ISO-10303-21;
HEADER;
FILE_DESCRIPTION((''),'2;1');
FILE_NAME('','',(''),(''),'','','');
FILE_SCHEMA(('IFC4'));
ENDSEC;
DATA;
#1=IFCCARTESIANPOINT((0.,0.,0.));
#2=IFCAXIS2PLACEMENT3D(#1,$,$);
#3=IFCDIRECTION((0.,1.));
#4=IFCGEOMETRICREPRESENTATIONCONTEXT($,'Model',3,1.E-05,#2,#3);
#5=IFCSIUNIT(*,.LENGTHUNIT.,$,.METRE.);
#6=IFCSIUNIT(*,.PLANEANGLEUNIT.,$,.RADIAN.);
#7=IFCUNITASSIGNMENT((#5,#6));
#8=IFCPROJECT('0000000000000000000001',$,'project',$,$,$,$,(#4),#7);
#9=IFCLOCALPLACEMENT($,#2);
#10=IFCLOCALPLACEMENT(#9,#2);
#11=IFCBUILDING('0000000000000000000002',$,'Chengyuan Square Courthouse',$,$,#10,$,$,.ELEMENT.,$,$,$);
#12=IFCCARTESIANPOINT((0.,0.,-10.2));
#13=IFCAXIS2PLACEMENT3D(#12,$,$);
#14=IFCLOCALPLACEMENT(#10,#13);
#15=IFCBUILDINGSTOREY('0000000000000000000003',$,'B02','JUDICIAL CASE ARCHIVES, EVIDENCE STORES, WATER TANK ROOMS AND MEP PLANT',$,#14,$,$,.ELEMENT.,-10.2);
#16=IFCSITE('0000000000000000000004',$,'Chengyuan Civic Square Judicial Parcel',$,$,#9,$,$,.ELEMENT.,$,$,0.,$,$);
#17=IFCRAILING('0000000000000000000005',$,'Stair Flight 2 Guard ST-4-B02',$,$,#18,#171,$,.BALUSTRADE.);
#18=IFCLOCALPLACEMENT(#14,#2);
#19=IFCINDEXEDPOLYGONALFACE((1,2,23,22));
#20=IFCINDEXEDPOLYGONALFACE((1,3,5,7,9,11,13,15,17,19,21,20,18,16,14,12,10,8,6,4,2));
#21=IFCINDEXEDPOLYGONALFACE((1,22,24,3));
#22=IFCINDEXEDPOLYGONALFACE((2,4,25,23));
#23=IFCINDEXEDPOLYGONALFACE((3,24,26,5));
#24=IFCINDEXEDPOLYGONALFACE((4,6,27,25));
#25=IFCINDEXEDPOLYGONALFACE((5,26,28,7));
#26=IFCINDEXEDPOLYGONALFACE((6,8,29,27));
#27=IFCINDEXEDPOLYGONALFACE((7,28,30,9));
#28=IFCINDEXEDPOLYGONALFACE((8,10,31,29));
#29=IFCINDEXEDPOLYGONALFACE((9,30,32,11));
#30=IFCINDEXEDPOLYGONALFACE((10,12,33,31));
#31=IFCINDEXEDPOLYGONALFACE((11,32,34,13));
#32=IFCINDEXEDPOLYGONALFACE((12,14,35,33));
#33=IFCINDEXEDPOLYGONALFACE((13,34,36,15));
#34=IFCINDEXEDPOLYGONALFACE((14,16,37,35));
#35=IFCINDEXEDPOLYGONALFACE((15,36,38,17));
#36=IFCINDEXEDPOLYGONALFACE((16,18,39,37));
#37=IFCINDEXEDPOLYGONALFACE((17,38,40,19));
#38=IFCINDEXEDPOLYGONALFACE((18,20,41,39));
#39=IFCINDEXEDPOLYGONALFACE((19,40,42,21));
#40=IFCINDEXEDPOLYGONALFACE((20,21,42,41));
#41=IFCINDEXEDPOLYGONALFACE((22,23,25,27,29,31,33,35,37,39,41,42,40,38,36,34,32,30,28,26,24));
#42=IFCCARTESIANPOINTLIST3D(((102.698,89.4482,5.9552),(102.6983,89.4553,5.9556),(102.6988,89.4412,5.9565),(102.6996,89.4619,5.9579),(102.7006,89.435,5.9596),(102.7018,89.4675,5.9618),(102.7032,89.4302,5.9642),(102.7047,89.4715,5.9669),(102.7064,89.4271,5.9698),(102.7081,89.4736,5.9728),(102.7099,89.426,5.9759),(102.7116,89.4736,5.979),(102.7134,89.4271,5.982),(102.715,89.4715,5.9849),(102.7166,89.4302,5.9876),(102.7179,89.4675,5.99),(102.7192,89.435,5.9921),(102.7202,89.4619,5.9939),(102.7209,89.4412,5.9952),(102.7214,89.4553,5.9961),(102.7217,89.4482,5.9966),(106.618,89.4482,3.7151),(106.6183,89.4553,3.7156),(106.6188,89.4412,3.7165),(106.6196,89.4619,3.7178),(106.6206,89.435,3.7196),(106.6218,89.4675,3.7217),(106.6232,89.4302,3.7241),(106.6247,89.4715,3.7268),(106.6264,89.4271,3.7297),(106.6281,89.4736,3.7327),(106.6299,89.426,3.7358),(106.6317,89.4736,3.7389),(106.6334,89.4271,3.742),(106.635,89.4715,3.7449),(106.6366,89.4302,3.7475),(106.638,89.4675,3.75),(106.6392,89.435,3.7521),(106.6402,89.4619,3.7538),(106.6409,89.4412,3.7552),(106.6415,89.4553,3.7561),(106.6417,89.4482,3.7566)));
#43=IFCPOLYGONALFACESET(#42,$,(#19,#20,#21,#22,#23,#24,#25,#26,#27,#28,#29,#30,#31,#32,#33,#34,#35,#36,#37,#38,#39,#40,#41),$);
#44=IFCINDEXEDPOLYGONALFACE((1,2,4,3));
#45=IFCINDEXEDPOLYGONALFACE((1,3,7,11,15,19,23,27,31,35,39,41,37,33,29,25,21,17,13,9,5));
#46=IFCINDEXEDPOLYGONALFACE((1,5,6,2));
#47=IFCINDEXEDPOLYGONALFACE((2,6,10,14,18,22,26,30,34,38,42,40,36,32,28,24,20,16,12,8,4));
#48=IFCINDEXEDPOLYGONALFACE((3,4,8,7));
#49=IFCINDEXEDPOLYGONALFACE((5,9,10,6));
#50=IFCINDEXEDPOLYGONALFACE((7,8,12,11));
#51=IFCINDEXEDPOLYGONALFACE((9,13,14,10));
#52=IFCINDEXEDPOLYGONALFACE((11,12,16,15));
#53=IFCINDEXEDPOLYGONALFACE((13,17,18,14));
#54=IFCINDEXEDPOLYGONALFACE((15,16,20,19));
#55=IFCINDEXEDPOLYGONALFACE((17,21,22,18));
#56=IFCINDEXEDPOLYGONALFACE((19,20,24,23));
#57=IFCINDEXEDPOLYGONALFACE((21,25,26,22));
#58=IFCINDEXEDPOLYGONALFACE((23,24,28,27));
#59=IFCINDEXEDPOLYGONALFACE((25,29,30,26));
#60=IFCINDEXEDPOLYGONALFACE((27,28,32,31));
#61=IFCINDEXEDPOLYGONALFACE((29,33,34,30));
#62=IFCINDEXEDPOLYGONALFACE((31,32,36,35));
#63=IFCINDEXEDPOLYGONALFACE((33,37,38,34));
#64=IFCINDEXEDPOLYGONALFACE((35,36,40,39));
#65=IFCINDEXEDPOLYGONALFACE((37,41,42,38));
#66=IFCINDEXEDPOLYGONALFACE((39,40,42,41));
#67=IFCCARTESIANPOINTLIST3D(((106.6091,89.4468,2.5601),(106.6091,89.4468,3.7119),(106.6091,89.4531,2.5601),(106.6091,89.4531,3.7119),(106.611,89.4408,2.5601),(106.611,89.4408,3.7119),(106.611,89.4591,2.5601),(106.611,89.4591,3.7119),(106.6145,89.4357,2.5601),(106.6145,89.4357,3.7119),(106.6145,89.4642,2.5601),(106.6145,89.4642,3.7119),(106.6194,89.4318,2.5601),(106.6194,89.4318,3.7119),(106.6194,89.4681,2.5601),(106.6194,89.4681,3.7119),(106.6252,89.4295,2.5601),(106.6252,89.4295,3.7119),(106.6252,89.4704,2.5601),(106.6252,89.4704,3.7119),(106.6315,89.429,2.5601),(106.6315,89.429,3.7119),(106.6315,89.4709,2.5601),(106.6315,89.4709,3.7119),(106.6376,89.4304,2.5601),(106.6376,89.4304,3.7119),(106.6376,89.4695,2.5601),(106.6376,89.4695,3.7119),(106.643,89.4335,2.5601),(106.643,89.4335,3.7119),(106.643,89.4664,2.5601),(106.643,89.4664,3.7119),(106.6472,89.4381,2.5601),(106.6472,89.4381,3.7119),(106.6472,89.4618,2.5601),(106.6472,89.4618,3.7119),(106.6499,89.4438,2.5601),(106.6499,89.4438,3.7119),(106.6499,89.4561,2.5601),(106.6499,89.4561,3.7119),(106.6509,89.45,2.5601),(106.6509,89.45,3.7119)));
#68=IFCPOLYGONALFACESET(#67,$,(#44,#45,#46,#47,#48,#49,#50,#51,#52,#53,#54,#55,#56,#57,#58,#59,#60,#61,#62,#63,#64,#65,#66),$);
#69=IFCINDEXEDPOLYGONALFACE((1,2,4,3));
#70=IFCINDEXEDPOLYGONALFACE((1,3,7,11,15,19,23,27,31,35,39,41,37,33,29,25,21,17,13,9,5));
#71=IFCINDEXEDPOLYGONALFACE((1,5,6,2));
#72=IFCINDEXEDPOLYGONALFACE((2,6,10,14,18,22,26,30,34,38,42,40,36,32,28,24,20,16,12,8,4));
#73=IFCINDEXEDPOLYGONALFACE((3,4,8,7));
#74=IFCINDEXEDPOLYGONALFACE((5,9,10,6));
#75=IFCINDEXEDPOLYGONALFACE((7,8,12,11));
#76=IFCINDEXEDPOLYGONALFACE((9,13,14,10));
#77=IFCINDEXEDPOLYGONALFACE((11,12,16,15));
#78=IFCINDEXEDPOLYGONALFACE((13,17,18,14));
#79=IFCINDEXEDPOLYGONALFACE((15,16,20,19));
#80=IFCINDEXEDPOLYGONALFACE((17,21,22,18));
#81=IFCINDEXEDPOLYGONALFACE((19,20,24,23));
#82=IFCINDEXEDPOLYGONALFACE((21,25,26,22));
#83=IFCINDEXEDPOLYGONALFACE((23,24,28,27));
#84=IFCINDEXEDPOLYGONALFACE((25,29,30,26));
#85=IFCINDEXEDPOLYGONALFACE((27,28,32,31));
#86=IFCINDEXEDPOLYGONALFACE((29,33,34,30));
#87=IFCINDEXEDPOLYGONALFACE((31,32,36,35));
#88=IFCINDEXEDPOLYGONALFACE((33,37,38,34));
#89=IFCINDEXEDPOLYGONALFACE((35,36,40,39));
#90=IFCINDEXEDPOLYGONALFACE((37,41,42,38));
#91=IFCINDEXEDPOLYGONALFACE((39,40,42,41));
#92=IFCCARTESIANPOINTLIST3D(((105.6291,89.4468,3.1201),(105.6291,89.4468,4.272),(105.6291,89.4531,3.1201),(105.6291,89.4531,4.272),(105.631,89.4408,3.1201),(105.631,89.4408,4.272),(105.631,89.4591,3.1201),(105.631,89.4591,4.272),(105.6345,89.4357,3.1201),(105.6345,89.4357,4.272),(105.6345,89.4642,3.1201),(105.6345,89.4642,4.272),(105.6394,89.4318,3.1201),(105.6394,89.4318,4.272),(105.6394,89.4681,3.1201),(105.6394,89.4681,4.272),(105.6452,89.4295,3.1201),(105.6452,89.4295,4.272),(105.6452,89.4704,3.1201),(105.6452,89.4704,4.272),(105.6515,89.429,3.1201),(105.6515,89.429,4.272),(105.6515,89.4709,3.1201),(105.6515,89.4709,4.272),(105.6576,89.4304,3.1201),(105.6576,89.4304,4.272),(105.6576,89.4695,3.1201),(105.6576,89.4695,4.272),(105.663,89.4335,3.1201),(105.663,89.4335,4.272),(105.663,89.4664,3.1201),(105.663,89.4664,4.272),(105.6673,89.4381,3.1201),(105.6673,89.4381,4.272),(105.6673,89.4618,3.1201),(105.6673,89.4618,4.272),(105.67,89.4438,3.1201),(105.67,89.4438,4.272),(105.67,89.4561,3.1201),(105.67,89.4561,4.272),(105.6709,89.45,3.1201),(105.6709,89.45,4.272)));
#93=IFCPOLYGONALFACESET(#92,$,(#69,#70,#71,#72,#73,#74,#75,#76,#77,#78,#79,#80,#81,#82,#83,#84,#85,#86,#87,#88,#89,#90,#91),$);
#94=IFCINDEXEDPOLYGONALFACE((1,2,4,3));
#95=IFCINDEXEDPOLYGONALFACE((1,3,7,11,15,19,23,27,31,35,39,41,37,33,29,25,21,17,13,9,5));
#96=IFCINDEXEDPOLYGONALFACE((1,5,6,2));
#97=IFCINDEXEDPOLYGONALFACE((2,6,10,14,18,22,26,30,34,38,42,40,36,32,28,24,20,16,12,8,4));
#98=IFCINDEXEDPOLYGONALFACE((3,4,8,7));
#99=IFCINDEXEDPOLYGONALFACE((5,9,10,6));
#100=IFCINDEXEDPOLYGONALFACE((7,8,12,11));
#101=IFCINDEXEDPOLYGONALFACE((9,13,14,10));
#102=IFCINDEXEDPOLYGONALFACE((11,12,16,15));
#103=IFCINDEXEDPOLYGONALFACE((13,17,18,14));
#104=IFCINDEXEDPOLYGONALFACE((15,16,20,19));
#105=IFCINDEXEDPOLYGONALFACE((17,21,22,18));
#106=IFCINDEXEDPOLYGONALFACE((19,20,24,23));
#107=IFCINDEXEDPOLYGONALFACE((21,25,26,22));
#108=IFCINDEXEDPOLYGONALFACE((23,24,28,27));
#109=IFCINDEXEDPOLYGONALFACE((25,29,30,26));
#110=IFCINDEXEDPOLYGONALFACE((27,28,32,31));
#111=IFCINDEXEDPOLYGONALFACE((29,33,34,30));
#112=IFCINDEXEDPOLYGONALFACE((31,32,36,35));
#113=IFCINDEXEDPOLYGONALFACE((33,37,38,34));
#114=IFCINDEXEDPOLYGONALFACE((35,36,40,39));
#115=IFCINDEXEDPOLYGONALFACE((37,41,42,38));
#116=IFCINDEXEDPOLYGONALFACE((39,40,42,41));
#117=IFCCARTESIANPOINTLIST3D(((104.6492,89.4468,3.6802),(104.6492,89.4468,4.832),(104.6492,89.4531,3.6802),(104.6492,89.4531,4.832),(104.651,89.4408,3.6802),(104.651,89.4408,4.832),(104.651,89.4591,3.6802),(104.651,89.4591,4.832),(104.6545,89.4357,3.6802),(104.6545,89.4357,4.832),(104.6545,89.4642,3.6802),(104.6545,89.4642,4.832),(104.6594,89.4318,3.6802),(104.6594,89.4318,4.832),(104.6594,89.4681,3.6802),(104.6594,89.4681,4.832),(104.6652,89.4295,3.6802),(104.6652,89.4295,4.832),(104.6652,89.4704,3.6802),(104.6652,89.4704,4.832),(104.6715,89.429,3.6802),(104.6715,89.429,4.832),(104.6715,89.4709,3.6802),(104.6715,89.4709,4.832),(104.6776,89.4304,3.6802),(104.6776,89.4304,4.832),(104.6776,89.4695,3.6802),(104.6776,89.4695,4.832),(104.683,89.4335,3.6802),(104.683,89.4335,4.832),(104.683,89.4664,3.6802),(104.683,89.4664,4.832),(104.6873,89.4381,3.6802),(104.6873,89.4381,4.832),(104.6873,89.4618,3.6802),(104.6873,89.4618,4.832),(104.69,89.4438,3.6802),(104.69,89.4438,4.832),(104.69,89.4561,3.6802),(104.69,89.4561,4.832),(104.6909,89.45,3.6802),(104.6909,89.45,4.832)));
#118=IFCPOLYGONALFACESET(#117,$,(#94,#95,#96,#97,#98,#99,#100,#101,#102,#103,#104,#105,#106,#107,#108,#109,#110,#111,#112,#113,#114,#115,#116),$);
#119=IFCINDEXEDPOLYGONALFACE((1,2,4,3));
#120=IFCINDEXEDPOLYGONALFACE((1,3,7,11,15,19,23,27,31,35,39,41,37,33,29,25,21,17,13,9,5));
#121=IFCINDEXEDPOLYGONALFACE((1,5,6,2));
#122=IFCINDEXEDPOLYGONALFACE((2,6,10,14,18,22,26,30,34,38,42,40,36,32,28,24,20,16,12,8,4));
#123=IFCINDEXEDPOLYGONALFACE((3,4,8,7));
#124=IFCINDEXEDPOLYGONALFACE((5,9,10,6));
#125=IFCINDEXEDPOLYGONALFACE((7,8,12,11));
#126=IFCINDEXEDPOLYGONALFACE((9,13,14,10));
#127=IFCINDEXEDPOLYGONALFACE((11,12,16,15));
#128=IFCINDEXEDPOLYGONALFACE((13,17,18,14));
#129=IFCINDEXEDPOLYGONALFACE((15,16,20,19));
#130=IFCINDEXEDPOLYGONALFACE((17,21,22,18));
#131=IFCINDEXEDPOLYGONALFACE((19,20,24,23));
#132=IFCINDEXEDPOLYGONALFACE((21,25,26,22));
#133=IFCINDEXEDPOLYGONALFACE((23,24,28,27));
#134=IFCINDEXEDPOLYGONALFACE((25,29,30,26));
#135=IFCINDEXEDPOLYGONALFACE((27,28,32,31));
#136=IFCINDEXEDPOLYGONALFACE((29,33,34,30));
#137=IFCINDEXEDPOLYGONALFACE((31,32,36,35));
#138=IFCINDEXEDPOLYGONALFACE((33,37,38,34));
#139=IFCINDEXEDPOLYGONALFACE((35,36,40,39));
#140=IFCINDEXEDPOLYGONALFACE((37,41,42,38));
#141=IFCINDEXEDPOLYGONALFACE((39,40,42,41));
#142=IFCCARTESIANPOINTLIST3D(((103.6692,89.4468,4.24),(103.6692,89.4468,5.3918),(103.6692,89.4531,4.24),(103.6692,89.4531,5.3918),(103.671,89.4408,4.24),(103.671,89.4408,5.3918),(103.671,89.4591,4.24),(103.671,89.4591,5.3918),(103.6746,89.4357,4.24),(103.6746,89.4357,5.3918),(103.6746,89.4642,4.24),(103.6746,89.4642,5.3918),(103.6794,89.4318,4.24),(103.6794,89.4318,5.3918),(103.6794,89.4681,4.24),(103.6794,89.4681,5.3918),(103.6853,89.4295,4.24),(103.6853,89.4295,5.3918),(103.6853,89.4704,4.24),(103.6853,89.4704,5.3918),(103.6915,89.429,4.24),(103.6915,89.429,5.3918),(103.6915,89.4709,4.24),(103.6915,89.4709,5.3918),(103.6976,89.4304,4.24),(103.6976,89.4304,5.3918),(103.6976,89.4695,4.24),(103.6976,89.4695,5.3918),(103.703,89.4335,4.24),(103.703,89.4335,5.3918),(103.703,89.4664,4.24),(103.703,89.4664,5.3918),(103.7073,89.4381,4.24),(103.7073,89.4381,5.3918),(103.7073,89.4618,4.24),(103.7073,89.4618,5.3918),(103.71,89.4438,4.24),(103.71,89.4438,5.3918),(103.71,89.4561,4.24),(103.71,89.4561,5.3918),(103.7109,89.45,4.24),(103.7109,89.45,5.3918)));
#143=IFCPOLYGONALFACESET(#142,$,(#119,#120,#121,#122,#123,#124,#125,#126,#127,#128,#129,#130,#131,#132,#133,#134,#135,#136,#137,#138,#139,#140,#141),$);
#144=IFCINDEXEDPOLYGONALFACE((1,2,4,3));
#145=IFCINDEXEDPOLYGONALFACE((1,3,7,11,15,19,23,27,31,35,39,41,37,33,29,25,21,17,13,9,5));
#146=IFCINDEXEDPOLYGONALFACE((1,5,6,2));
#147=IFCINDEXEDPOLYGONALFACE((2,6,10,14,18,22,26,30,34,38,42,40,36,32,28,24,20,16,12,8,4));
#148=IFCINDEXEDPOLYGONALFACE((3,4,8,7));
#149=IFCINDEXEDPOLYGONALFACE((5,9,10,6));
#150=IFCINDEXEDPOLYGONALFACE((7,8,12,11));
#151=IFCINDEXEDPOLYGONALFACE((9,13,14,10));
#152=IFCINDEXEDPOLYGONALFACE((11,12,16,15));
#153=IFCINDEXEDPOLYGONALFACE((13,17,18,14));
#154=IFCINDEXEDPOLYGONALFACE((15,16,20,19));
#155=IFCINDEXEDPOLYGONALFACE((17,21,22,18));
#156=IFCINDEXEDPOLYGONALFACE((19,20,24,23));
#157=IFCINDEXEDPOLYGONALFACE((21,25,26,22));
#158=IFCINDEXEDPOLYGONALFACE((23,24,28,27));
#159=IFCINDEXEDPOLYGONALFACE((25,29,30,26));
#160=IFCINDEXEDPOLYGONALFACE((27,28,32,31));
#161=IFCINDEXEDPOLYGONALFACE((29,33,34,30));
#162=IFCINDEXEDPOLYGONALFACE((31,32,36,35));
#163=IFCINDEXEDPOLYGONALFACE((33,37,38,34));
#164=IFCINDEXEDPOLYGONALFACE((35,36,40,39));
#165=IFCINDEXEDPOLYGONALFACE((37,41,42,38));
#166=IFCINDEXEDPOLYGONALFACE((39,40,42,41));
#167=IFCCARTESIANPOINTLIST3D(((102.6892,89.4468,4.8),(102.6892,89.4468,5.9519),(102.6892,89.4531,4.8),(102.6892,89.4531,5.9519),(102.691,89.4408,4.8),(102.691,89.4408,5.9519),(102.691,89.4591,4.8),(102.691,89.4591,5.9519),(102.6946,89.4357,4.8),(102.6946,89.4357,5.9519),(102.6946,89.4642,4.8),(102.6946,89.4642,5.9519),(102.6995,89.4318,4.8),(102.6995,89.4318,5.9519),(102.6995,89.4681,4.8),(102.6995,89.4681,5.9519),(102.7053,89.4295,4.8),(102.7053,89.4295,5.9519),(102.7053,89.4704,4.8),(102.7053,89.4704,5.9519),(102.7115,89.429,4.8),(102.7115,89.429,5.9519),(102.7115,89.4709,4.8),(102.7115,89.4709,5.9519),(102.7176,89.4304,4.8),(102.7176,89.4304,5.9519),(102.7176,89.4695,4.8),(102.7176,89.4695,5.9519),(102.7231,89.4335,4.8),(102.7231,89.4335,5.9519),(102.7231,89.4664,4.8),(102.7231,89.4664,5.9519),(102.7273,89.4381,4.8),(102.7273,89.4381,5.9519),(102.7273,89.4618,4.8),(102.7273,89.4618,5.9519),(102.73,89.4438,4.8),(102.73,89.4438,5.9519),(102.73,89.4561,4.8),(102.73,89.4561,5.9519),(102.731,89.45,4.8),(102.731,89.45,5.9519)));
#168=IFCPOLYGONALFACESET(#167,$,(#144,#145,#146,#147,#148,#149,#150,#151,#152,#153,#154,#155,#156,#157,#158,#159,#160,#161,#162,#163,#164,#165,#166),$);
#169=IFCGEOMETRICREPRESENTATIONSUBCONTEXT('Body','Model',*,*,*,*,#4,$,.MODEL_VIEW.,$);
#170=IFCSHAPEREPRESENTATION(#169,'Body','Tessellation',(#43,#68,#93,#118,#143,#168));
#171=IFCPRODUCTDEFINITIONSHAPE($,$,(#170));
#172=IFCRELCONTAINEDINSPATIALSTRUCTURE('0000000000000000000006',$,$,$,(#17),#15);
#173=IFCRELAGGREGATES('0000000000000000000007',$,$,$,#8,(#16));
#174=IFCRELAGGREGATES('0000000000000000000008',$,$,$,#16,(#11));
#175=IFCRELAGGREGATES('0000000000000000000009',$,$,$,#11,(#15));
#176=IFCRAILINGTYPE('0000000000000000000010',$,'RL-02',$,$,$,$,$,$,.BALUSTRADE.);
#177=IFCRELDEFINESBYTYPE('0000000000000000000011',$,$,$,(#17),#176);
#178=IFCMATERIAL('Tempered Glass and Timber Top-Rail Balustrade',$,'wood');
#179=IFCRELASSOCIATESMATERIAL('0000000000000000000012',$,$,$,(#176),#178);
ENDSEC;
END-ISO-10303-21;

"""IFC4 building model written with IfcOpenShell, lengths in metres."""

from ifc_helpers import new_model, si_unit, direction, frame, origin, origin_2d, place, context, subcontext, project, spatial, circle, extrude, material, type_object, element, save


model = new_model("IFC4")

# Units and contexts
model_context = context("Model", 3, precision=1e-05, world=origin(), true_north=direction((0.0, 1.0)))
body_context = subcontext(model_context, "Body", "Model", "MODEL_VIEW")
ifc_project = project(units=[si_unit("LENGTHUNIT", "METRE"), si_unit("PLANEANGLEUNIT", "RADIAN")], contexts=[model_context])

# Site, building, storey
site_placement = place(None, origin())
site = spatial("IfcSite", under=ifc_project, at=site_placement, Name="Chengyuan Civic Square Judicial Parcel", CompositionType="ELEMENT", RefElevation=0.0)
building_placement = place(site_placement, origin())
building = spatial("IfcBuilding", under=site, at=building_placement, Name="Chengyuan Square Courthouse", CompositionType="ELEMENT")
storey_placement = place(building_placement, frame((0.0, 0.0, -10.2)))
storey = spatial("IfcBuildingStorey", under=building, at=storey_placement, Name="B02", Description="JUDICIAL CASE ARCHIVES, EVIDENCE STORES, WATER TANK ROOMS AND MEP PLANT", CompositionType="ELEMENT", Elevation=-10.2)

# Railing
ifc_material_1 = material(Name="Tempered Glass and Timber Top-Rail Balustrade", Category="wood")
railing_type_1 = type_object("IfcRailingType", Name="RL-02", PredefinedType="BALUSTRADE", material=ifc_material_1)
railing_1_placement = place(storey_placement, frame((106.6299, 89.45, 2.5601)))
element("IfcRailing", 1, at=railing_1_placement, inside=storey, type_object=railing_type_1, Name="Stair Flight 2 Guard ST-4-B02", PredefinedType="BALUSTRADE", context=body_context, shape_type="SweptSolid", body=[
    extrude(circle(Radius=0.0239, at=origin_2d()), frame((0.0, 0.0, 1.1758), z_axis=(-0.86824, 0.0, 0.496145), x_axis=(0.0, -1.0, 0.0)), (0.0, 0.0, 1.0), 4.5149),
    extrude(circle(Radius=0.021, at=origin_2d()), origin(), (0.0, 0.0, 1.0), 1.1519),
    extrude(circle(Radius=0.021, at=origin_2d()), frame((-0.98, 0.0, 0.5601)), (0.0, 0.0, 1.0), 1.1519),
    extrude(circle(Radius=0.021, at=origin_2d()), frame((-1.96, 0.0, 1.1201)), (0.0, 0.0, 1.0), 1.1519),
    extrude(circle(Radius=0.021, at=origin_2d()), frame((-2.9399, 0.0, 1.6799)), (0.0, 0.0, 1.0), 1.1519),
    extrude(circle(Radius=0.021, at=origin_2d()), frame((-3.9199, 0.0, 2.24)), (0.0, 0.0, 1.0), 1.1519),
])

save(model, "model.ifc")
